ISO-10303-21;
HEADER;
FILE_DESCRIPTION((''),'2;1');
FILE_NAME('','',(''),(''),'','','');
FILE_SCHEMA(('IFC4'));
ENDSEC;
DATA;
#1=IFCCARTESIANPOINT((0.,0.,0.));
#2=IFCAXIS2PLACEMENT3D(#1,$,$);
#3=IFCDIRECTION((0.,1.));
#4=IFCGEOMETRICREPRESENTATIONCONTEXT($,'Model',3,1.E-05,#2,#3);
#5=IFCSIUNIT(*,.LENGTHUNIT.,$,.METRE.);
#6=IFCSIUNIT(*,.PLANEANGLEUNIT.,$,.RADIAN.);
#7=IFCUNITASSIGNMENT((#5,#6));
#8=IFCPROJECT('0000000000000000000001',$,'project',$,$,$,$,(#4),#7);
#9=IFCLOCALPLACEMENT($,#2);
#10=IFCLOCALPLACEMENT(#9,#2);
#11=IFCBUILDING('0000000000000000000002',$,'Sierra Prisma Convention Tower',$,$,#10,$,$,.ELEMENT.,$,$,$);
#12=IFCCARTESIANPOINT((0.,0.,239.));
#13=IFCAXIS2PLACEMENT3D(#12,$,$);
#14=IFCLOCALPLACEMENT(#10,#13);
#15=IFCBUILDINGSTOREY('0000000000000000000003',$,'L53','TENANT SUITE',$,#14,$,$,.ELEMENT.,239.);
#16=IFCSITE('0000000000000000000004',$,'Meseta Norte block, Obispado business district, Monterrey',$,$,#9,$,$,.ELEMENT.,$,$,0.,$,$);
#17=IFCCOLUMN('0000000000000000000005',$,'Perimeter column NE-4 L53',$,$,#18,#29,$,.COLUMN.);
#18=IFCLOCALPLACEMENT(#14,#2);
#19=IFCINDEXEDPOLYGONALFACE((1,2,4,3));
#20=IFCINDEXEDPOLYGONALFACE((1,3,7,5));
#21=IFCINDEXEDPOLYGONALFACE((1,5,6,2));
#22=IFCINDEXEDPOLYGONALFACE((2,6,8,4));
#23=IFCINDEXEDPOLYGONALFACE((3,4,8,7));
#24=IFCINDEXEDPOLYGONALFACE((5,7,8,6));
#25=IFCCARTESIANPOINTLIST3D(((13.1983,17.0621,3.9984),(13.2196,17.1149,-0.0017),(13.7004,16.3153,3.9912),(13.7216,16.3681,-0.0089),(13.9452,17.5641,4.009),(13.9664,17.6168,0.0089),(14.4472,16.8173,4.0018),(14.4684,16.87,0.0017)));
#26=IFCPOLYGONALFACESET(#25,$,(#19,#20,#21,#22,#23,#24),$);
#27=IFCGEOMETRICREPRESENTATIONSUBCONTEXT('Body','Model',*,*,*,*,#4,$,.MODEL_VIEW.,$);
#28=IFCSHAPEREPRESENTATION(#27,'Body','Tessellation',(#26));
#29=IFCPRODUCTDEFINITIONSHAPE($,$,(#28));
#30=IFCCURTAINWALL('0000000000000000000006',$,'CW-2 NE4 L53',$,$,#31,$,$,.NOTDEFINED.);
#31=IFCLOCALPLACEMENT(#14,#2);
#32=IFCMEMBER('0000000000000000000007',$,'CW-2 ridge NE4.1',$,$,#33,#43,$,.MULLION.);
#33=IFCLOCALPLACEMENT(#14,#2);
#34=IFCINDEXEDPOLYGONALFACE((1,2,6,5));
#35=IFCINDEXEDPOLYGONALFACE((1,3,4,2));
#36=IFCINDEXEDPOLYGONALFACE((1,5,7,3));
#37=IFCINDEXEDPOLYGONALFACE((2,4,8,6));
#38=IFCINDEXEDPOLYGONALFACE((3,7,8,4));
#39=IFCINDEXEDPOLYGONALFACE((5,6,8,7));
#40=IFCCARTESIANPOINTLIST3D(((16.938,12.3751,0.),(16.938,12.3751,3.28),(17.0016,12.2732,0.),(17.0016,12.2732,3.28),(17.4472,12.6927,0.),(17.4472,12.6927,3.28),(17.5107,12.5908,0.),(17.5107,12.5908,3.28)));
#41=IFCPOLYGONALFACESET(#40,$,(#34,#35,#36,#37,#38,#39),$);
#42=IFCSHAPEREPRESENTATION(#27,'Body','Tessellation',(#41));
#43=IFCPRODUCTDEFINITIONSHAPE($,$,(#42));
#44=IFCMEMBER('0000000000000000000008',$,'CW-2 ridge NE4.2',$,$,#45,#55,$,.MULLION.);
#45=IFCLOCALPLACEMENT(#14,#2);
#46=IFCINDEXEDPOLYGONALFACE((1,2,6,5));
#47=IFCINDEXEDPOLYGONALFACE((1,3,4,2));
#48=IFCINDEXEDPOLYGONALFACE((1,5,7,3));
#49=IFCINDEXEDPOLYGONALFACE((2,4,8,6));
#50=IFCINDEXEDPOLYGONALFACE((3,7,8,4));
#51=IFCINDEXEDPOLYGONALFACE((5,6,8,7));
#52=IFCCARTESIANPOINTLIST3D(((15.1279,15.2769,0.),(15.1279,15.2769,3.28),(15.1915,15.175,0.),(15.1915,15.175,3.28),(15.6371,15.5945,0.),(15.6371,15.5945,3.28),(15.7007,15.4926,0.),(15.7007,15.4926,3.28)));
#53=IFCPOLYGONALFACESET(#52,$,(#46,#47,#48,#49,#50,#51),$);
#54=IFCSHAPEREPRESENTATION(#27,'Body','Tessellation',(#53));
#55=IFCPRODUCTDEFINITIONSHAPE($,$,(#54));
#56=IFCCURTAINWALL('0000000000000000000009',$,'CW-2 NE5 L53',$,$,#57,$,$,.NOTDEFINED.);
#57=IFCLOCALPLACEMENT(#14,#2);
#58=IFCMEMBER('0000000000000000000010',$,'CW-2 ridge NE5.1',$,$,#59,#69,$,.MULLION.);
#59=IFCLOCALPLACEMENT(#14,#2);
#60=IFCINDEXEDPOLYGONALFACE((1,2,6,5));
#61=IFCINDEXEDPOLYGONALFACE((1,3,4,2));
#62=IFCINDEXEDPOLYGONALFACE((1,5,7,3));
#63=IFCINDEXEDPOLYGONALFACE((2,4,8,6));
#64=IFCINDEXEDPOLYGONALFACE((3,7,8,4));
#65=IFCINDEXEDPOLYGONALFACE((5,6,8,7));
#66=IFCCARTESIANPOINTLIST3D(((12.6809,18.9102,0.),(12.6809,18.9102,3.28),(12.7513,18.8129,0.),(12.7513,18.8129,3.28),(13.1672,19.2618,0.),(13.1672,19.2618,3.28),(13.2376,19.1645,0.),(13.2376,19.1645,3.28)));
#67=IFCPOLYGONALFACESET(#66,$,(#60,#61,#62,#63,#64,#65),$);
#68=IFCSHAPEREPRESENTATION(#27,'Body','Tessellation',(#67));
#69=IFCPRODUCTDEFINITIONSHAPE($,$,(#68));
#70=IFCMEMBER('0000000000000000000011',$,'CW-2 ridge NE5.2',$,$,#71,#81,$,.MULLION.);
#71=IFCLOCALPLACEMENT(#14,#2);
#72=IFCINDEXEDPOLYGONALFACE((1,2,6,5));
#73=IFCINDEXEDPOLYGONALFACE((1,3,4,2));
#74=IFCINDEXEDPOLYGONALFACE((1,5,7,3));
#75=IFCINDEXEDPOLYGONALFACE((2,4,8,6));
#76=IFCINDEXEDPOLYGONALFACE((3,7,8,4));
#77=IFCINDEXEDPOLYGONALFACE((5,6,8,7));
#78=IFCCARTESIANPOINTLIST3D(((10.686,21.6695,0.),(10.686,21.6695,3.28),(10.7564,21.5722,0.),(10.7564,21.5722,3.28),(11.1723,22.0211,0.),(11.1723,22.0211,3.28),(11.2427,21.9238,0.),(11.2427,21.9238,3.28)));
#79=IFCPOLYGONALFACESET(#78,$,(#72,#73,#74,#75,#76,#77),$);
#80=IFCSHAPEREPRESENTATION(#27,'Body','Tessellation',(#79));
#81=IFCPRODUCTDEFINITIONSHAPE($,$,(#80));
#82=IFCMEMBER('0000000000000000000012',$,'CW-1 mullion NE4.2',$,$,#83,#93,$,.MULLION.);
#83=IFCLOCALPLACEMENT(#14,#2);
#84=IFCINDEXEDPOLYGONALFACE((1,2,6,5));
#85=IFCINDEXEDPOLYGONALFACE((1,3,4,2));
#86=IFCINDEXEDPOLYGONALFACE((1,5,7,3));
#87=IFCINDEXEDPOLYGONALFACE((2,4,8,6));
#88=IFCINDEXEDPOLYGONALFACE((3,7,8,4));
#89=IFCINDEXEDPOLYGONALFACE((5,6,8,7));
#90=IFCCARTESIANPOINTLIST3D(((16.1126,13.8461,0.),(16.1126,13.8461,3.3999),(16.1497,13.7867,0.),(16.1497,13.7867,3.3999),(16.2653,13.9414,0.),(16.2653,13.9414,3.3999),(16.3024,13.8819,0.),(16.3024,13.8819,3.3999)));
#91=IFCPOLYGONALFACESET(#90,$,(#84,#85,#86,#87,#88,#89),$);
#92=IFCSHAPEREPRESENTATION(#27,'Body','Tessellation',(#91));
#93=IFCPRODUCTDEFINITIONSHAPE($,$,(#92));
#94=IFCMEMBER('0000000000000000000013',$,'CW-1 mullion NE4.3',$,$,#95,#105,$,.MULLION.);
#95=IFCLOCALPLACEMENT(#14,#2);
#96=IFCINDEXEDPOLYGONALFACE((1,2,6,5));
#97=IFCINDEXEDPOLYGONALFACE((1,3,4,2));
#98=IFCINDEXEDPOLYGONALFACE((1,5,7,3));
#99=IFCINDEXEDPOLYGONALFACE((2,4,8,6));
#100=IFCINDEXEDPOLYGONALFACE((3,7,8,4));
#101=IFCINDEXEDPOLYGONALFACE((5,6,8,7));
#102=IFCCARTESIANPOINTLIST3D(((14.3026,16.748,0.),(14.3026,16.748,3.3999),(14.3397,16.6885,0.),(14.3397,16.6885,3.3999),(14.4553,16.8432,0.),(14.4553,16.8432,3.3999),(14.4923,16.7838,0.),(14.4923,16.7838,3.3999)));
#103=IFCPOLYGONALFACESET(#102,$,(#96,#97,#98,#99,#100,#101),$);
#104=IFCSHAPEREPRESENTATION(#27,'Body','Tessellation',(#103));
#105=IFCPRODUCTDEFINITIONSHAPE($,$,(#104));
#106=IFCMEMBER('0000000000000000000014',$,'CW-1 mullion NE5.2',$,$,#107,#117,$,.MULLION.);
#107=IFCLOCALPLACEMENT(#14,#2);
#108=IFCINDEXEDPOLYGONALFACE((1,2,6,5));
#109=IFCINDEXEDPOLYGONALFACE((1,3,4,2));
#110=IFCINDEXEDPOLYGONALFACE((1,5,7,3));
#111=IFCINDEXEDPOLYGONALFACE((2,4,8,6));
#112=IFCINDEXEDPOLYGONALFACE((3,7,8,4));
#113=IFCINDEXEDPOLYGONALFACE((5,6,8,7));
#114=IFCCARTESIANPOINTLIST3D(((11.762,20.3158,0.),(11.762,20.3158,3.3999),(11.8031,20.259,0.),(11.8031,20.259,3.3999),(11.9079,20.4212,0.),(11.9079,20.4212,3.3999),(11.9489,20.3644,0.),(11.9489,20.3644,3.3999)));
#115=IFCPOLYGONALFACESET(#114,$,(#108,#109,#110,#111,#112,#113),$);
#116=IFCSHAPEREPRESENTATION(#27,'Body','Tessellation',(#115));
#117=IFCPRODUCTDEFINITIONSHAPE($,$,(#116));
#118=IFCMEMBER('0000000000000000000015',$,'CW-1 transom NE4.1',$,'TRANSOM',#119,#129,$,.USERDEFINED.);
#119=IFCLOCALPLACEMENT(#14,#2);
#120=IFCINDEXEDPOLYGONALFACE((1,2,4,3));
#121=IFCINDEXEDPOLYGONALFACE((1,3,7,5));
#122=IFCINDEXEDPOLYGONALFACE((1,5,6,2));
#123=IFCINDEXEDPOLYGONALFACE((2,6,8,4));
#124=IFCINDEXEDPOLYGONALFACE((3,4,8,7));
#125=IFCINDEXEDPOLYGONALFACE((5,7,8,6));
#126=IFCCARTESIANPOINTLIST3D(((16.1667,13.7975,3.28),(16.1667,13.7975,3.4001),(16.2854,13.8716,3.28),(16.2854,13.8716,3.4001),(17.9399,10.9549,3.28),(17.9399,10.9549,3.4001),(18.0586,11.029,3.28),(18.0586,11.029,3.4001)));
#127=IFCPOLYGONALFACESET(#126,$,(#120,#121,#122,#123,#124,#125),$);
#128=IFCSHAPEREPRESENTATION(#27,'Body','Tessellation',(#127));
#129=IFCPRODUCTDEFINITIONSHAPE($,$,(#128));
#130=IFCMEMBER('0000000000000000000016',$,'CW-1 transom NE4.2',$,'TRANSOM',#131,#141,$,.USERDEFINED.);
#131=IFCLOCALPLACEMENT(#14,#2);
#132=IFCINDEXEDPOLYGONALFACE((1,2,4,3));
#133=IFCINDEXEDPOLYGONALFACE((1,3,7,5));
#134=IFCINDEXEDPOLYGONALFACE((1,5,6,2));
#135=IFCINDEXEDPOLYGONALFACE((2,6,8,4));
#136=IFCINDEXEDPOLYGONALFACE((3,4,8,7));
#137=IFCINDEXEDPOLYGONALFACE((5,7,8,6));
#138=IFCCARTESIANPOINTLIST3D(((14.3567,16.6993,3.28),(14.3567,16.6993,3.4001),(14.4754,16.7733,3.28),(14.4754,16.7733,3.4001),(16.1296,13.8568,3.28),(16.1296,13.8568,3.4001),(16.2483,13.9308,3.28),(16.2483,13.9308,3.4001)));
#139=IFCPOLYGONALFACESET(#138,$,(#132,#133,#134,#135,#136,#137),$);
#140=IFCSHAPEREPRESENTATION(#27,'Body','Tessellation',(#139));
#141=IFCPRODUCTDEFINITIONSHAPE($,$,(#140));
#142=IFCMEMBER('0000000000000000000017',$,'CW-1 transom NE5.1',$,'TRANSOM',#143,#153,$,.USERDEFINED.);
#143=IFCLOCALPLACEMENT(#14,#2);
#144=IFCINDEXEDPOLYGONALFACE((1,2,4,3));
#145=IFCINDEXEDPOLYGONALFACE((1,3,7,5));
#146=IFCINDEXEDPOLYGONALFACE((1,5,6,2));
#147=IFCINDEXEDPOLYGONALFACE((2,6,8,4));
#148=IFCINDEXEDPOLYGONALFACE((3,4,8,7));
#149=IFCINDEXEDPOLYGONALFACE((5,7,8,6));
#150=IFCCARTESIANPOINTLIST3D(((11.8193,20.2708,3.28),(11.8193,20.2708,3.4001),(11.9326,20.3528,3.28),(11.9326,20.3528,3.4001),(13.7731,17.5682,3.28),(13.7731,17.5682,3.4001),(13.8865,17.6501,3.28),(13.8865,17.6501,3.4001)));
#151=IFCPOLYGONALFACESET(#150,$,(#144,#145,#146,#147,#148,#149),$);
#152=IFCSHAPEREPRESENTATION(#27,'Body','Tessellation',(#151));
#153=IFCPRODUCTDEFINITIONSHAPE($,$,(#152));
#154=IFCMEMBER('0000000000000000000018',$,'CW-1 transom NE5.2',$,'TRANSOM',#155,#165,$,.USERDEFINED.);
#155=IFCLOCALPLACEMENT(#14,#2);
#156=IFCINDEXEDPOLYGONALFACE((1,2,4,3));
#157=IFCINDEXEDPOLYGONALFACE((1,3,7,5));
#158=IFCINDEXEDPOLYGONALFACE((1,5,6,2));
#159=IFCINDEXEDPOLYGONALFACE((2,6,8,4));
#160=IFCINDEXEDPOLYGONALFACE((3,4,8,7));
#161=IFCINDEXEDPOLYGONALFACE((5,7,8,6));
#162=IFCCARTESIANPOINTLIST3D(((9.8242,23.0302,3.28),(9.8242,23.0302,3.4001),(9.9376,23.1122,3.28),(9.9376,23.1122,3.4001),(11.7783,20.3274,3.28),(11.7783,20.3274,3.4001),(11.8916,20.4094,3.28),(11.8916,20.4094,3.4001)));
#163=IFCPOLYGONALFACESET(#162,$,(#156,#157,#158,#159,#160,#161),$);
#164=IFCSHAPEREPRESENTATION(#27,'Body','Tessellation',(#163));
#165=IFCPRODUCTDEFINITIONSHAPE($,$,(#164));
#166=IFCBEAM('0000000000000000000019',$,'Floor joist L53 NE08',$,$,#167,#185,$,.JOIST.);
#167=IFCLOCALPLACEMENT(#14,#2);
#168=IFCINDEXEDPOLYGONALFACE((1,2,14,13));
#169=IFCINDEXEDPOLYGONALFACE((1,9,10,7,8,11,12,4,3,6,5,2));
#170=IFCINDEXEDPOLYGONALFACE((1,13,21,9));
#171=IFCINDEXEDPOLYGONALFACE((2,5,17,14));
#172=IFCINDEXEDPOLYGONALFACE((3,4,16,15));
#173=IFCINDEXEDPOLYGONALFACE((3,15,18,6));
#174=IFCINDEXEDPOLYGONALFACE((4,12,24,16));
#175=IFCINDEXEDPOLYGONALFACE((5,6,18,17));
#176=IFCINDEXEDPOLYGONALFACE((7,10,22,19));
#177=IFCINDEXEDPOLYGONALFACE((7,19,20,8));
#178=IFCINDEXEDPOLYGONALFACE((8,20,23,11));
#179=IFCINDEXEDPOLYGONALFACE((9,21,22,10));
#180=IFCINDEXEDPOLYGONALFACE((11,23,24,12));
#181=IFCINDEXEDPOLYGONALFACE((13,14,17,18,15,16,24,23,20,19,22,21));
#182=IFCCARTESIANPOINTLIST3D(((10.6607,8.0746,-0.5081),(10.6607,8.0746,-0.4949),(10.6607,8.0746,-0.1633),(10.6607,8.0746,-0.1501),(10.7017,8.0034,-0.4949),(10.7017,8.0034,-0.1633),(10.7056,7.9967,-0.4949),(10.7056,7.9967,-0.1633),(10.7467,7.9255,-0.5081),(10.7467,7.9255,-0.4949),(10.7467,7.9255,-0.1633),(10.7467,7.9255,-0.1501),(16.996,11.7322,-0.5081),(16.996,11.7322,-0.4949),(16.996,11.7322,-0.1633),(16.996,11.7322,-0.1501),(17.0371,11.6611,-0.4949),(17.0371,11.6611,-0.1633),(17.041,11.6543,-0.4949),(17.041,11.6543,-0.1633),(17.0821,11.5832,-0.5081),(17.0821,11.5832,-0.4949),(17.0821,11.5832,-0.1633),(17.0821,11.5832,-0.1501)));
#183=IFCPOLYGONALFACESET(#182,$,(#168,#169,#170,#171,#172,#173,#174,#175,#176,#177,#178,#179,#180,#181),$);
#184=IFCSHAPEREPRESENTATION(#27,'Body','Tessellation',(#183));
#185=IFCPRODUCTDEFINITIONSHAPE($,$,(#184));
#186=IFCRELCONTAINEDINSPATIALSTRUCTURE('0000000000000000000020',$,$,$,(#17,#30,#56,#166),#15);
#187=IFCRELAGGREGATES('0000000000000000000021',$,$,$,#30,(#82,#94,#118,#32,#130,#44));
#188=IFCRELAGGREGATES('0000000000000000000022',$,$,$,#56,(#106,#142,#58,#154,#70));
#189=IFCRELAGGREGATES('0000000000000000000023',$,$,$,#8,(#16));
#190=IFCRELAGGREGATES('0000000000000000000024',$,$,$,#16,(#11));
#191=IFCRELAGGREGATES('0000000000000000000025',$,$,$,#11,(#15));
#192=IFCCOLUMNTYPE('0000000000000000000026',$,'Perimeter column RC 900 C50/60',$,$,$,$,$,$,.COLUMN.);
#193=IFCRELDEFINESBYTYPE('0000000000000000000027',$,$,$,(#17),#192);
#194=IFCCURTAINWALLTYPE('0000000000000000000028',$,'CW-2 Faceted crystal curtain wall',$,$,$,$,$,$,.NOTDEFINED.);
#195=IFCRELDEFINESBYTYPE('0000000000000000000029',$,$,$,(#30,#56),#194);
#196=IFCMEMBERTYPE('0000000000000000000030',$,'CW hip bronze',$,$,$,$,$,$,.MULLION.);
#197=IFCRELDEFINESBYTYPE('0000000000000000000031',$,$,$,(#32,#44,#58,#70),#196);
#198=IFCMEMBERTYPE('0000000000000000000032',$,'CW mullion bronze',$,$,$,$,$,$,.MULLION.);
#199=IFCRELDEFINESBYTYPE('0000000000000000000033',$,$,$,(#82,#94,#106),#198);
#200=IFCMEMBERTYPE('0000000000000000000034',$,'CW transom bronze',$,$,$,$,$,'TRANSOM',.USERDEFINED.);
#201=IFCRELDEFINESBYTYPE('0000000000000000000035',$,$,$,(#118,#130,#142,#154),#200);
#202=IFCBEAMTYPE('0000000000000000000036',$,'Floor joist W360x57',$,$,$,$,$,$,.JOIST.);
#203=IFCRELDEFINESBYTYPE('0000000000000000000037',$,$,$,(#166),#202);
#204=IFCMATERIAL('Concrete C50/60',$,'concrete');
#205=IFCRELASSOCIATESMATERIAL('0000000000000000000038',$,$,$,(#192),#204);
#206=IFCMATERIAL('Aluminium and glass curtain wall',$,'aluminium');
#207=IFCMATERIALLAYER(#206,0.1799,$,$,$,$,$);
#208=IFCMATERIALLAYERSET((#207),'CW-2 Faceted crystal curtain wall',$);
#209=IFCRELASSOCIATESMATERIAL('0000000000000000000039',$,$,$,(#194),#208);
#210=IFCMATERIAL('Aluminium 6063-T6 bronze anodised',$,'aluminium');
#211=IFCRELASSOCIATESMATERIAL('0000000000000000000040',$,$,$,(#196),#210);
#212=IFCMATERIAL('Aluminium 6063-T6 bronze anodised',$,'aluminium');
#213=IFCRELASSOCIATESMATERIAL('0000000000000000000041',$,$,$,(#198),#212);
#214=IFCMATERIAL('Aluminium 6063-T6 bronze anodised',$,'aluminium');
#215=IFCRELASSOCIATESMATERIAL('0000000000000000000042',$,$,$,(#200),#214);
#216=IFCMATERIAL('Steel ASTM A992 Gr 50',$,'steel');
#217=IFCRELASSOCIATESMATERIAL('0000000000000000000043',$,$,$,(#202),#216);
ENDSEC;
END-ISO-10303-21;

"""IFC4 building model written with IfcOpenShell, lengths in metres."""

from ifc_helpers import new_model, si_unit, direction, frame, origin, origin_2d, place, context, subcontext, project, spatial, rectangle, i_section, extrude, material, layer, layer_set, material_profile, profile_set, type_object, element, aggregate, save


model = new_model("IFC4")

# Units and contexts
model_context = context("Model", 3, precision=1e-05, world=origin(), true_north=direction((0.0, 1.0)))
body_context = subcontext(model_context, "Body", "Model", "MODEL_VIEW")
ifc_project = project(units=[si_unit("LENGTHUNIT", "METRE"), si_unit("PLANEANGLEUNIT", "RADIAN")], contexts=[model_context])

# Site, building, storey
site_placement = place(None, origin())
site = spatial("IfcSite", under=ifc_project, at=site_placement, Name="Meseta Norte block, Obispado business district, Monterrey", CompositionType="ELEMENT", RefElevation=0.0)
building_placement = place(site_placement, origin())
building = spatial("IfcBuilding", under=site, at=building_placement, Name="Sierra Prisma Convention Tower", CompositionType="ELEMENT")
storey_placement = place(building_placement, frame((0.0, 0.0, 239.0)))
storey = spatial("IfcBuildingStorey", under=building, at=storey_placement, Name="L53", Description="TENANT SUITE", CompositionType="ELEMENT", Elevation=239.0)

# Column
ifc_material_1 = material(Name="Concrete C50/60", Category="concrete")
ifc_material_profile_1 = material_profile(ifc_material_1, rectangle(XDim=0.8999, YDim=0.8999, at=origin_2d()), Name="Perimeter column RC 900 C50/60")
ifc_profile_set_1 = profile_set([ifc_material_profile_1], Name="Concrete C50/60")
column_type = type_object("IfcColumnType", Name="Perimeter column RC 900 C50/60", PredefinedType="COLUMN", material=ifc_profile_set_1)
column_placement = place(storey_placement, frame((13.844, 16.9924, 0.0), z_axis=(-0.00531, -0.013182, 0.999899), x_axis=(-0.557879, 0.829884, 0.007978)))
element("IfcColumn", 1, at=column_placement, inside=storey, type_object=column_type, Name="Perimeter column NE-4 L53", PredefinedType="COLUMN", context=body_context, shape_type="SweptSolid", body=[
    extrude(rectangle(XDim=0.8999, YDim=0.8999, at=origin_2d()), origin(), (0.0, 0.0, 1.0), 4.0005),
])

# Curtain walls, members
ifc_material_2 = material(Name="Aluminium and glass curtain wall", Category="aluminium")
ifc_layer_1 = layer(ifc_material_2, 0.1799)
ifc_layer_set_1 = layer_set([ifc_layer_1], Name="CW-2 Faceted crystal curtain wall")
curtain_wall_type = type_object("IfcCurtainWallType", Name="CW-2 Faceted crystal curtain wall", PredefinedType="NOTDEFINED", material=ifc_layer_set_1)
curtain_wall_1_placement = place(storey_placement, origin())
curtain_wall_1 = element("IfcCurtainWall", 2, at=curtain_wall_1_placement, inside=storey, type_object=curtain_wall_type, Name="CW-2 NE4 L53", PredefinedType="NOTDEFINED")
ifc_material_3 = material(Name="Aluminium 6063-T6 bronze anodised", Category="aluminium")
ifc_material_profile_2 = material_profile(ifc_material_3, rectangle(XDim=0.1201, YDim=0.6001, at=origin_2d()), Name="ALU RIDGE BLADE 120x600")
ifc_profile_set_2 = profile_set([ifc_material_profile_2], Name="Aluminium 6063-T6 bronze anodised")
member_type_1 = type_object("IfcMemberType", Name="CW hip bronze", PredefinedType="MULLION", material=ifc_profile_set_2)
member_1_placement = place(storey_placement, frame((17.2244, 12.4829, 0.0), z_axis=(0.0, 0.0, 1.0), x_axis=(-0.529252, 0.848465, 0.0)))
member_1 = element("IfcMember", 3, at=member_1_placement, type_object=member_type_1, Name="CW-2 ridge NE4.1", PredefinedType="MULLION", context=body_context, shape_type="SweptSolid", body=[
    extrude(rectangle(XDim=0.1201, YDim=0.6001, at=origin_2d()), origin(), (0.0, 0.0, 1.0), 3.28),
])
member_2_placement = place(storey_placement, frame((15.4143, 15.3848, 0.0), z_axis=(0.0, 0.0, 1.0), x_axis=(-0.529252, 0.848465, 0.0)))
member_2 = element("IfcMember", 4, at=member_2_placement, type_object=member_type_1, Name="CW-2 ridge NE4.2", PredefinedType="MULLION", context=body_context, shape_type="SweptSolid", body=[
    extrude(rectangle(XDim=0.1201, YDim=0.6001, at=origin_2d()), origin(), (0.0, 0.0, 1.0), 3.28),
])
curtain_wall_2_placement = place(storey_placement, origin())
curtain_wall_2 = element("IfcCurtainWall", 5, at=curtain_wall_2_placement, inside=storey, type_object=curtain_wall_type, Name="CW-2 NE5 L53", PredefinedType="NOTDEFINED")
member_3_placement = place(storey_placement, frame((12.9592, 19.0374, 0.0), z_axis=(0.0, 0.0, 1.0), x_axis=(-0.585874, 0.810402, 0.0)))
member_3 = element("IfcMember", 6, at=member_3_placement, type_object=member_type_1, Name="CW-2 ridge NE5.1", PredefinedType="MULLION", context=body_context, shape_type="SweptSolid", body=[
    extrude(rectangle(XDim=0.1201, YDim=0.6001, at=origin_2d()), origin(), (0.0, 0.0, 1.0), 3.28),
])
member_4_placement = place(storey_placement, frame((10.9644, 21.7966, 0.0), z_axis=(0.0, 0.0, 1.0), x_axis=(-0.585874, 0.810402, 0.0)))
member_4 = element("IfcMember", 7, at=member_4_placement, type_object=member_type_1, Name="CW-2 ridge NE5.2", PredefinedType="MULLION", context=body_context, shape_type="SweptSolid", body=[
    extrude(rectangle(XDim=0.1201, YDim=0.6001, at=origin_2d()), origin(), (0.0, 0.0, 1.0), 3.28),
])

# Members
ifc_material_4 = material(Name="Aluminium 6063-T6 bronze anodised", Category="aluminium")
ifc_material_profile_3 = material_profile(ifc_material_4, rectangle(XDim=0.1799, YDim=0.0701, at=origin_2d()), Name="ALU MULLION 70x180")
ifc_profile_set_3 = profile_set([ifc_material_profile_3], Name="Aluminium 6063-T6 bronze anodised")
member_type_2 = type_object("IfcMemberType", Name="CW mullion bronze", PredefinedType="MULLION", material=ifc_profile_set_3)
member_5_placement = place(storey_placement, frame((16.2075, 13.864, 0.0), z_axis=(0.0, 0.0, 1.0), x_axis=(-0.848465, -0.529252, 0.0)))
member_5 = element("IfcMember", 8, at=member_5_placement, type_object=member_type_2, Name="CW-1 mullion NE4.2", PredefinedType="MULLION", context=body_context, shape_type="SweptSolid", body=[
    extrude(rectangle(XDim=0.1799, YDim=0.0701, at=origin_2d()), origin(), (0.0, 0.0, 1.0), 3.3999),
])
member_6_placement = place(storey_placement, frame((14.3975, 16.7659, 0.0), z_axis=(0.0, 0.0, 1.0), x_axis=(-0.848465, -0.529252, 0.0)))
member_6 = element("IfcMember", 9, at=member_6_placement, type_object=member_type_2, Name="CW-1 mullion NE4.3", PredefinedType="MULLION", context=body_context, shape_type="SweptSolid", body=[
    extrude(rectangle(XDim=0.1799, YDim=0.0701, at=origin_2d()), origin(), (0.0, 0.0, 1.0), 3.3999),
])
member_7_placement = place(storey_placement, frame((11.8555, 20.3401, 0.0), z_axis=(0.0, 0.0, 1.0), x_axis=(-0.810402, -0.585874, 0.0)))
member_7 = element("IfcMember", 10, at=member_7_placement, type_object=member_type_2, Name="CW-1 mullion NE5.2", PredefinedType="MULLION", context=body_context, shape_type="SweptSolid", body=[
    extrude(rectangle(XDim=0.1799, YDim=0.0701, at=origin_2d()), origin(), (0.0, 0.0, 1.0), 3.3999),
])
ifc_material_5 = material(Name="Aluminium 6063-T6 bronze anodised", Category="aluminium")
ifc_material_profile_4 = material_profile(ifc_material_5, rectangle(XDim=0.1399, YDim=0.1201, at=origin_2d()), Name="ALU TRANSOM 120x140")
ifc_profile_set_4 = profile_set([ifc_material_profile_4], Name="Aluminium 6063-T6 bronze anodised")
member_type_3 = type_object("IfcMemberType", Name="CW transom bronze", ElementType="TRANSOM", PredefinedType="USERDEFINED", material=ifc_profile_set_4)
member_8_placement = place(storey_placement, frame((17.9993, 10.9919, 3.3401), z_axis=(-0.529272, 0.848452, 0.0), x_axis=(-0.848452, -0.529272, 0.0)))
member_8 = element("IfcMember", 11, at=member_8_placement, type_object=member_type_3, Name="CW-1 transom NE4.1", ObjectType="TRANSOM", PredefinedType="USERDEFINED", context=body_context, shape_type="SweptSolid", body=[
    extrude(rectangle(XDim=0.1399, YDim=0.1201, at=origin_2d()), origin(), (0.0, 0.0, 1.0), 3.3503),
])
member_9_placement = place(storey_placement, frame((16.189, 13.8938, 3.3401), z_axis=(-0.529219, 0.848485, 0.0), x_axis=(-0.848485, -0.529219, 0.0)))
member_9 = element("IfcMember", 12, at=member_9_placement, type_object=member_type_3, Name="CW-1 transom NE4.2", ObjectType="TRANSOM", PredefinedType="USERDEFINED", context=body_context, shape_type="SweptSolid", body=[
    extrude(rectangle(XDim=0.1399, YDim=0.1201, at=origin_2d()), origin(), (0.0, 0.0, 1.0), 3.3501),
])
member_10_placement = place(storey_placement, frame((13.8298, 17.6091, 3.3401), z_axis=(-0.585875, 0.810401, 0.0), x_axis=(-0.810401, -0.585875, 0.0)))
member_10 = element("IfcMember", 13, at=member_10_placement, type_object=member_type_3, Name="CW-1 transom NE5.1", ObjectType="TRANSOM", PredefinedType="USERDEFINED", context=body_context, shape_type="SweptSolid", body=[
    extrude(rectangle(XDim=0.1399, YDim=0.1201, at=origin_2d()), origin(), (0.0, 0.0, 1.0), 3.335),
])
member_11_placement = place(storey_placement, frame((11.835, 20.3684, 3.3401), z_axis=(-0.585889, 0.810392, 0.0), x_axis=(-0.810392, -0.585889, 0.0)))
member_11 = element("IfcMember", 14, at=member_11_placement, type_object=member_type_3, Name="CW-1 transom NE5.2", ObjectType="TRANSOM", PredefinedType="USERDEFINED", context=body_context, shape_type="SweptSolid", body=[
    extrude(rectangle(XDim=0.1399, YDim=0.1201, at=origin_2d()), origin(), (0.0, 0.0, 1.0), 3.3352),
])

# Beam
ifc_material_6 = material(Name="Steel ASTM A992 Gr 50", Category="steel")
ifc_material_profile_5 = material_profile(ifc_material_6, i_section(OverallWidth=0.1721, OverallDepth=0.3579, WebThickness=0.0078, FlangeThickness=0.0132, at=origin_2d()), Name="W360x57")
ifc_profile_set_5 = profile_set([ifc_material_profile_5], Name="Steel ASTM A992 Gr 50")
beam_type_1 = type_object("IfcBeamType", Name="Floor joist W360x57", PredefinedType="JOIST", material=ifc_profile_set_5)
beam_1_placement = place(storey_placement, frame((17.0391, 11.6577, -0.3291), z_axis=(-0.866029, -0.499994, 0.0), x_axis=(0.499994, -0.866029, 0.0)))
element("IfcBeam", 15, at=beam_1_placement, inside=storey, type_object=beam_type_1, Name="Floor joist L53 NE08", PredefinedType="JOIST", context=body_context, shape_type="SweptSolid", body=[
    extrude(i_section(OverallWidth=0.1721, OverallDepth=0.3579, WebThickness=0.0078, FlangeThickness=0.0132, at=origin_2d()), origin(), (0.0, 0.0, 1.0), 7.3154),
])

aggregate(curtain_wall_1, [member_5, member_6, member_8, member_1, member_9, member_2])
aggregate(curtain_wall_2, [member_7, member_10, member_3, member_11, member_4])

save(model, "model.ifc")
